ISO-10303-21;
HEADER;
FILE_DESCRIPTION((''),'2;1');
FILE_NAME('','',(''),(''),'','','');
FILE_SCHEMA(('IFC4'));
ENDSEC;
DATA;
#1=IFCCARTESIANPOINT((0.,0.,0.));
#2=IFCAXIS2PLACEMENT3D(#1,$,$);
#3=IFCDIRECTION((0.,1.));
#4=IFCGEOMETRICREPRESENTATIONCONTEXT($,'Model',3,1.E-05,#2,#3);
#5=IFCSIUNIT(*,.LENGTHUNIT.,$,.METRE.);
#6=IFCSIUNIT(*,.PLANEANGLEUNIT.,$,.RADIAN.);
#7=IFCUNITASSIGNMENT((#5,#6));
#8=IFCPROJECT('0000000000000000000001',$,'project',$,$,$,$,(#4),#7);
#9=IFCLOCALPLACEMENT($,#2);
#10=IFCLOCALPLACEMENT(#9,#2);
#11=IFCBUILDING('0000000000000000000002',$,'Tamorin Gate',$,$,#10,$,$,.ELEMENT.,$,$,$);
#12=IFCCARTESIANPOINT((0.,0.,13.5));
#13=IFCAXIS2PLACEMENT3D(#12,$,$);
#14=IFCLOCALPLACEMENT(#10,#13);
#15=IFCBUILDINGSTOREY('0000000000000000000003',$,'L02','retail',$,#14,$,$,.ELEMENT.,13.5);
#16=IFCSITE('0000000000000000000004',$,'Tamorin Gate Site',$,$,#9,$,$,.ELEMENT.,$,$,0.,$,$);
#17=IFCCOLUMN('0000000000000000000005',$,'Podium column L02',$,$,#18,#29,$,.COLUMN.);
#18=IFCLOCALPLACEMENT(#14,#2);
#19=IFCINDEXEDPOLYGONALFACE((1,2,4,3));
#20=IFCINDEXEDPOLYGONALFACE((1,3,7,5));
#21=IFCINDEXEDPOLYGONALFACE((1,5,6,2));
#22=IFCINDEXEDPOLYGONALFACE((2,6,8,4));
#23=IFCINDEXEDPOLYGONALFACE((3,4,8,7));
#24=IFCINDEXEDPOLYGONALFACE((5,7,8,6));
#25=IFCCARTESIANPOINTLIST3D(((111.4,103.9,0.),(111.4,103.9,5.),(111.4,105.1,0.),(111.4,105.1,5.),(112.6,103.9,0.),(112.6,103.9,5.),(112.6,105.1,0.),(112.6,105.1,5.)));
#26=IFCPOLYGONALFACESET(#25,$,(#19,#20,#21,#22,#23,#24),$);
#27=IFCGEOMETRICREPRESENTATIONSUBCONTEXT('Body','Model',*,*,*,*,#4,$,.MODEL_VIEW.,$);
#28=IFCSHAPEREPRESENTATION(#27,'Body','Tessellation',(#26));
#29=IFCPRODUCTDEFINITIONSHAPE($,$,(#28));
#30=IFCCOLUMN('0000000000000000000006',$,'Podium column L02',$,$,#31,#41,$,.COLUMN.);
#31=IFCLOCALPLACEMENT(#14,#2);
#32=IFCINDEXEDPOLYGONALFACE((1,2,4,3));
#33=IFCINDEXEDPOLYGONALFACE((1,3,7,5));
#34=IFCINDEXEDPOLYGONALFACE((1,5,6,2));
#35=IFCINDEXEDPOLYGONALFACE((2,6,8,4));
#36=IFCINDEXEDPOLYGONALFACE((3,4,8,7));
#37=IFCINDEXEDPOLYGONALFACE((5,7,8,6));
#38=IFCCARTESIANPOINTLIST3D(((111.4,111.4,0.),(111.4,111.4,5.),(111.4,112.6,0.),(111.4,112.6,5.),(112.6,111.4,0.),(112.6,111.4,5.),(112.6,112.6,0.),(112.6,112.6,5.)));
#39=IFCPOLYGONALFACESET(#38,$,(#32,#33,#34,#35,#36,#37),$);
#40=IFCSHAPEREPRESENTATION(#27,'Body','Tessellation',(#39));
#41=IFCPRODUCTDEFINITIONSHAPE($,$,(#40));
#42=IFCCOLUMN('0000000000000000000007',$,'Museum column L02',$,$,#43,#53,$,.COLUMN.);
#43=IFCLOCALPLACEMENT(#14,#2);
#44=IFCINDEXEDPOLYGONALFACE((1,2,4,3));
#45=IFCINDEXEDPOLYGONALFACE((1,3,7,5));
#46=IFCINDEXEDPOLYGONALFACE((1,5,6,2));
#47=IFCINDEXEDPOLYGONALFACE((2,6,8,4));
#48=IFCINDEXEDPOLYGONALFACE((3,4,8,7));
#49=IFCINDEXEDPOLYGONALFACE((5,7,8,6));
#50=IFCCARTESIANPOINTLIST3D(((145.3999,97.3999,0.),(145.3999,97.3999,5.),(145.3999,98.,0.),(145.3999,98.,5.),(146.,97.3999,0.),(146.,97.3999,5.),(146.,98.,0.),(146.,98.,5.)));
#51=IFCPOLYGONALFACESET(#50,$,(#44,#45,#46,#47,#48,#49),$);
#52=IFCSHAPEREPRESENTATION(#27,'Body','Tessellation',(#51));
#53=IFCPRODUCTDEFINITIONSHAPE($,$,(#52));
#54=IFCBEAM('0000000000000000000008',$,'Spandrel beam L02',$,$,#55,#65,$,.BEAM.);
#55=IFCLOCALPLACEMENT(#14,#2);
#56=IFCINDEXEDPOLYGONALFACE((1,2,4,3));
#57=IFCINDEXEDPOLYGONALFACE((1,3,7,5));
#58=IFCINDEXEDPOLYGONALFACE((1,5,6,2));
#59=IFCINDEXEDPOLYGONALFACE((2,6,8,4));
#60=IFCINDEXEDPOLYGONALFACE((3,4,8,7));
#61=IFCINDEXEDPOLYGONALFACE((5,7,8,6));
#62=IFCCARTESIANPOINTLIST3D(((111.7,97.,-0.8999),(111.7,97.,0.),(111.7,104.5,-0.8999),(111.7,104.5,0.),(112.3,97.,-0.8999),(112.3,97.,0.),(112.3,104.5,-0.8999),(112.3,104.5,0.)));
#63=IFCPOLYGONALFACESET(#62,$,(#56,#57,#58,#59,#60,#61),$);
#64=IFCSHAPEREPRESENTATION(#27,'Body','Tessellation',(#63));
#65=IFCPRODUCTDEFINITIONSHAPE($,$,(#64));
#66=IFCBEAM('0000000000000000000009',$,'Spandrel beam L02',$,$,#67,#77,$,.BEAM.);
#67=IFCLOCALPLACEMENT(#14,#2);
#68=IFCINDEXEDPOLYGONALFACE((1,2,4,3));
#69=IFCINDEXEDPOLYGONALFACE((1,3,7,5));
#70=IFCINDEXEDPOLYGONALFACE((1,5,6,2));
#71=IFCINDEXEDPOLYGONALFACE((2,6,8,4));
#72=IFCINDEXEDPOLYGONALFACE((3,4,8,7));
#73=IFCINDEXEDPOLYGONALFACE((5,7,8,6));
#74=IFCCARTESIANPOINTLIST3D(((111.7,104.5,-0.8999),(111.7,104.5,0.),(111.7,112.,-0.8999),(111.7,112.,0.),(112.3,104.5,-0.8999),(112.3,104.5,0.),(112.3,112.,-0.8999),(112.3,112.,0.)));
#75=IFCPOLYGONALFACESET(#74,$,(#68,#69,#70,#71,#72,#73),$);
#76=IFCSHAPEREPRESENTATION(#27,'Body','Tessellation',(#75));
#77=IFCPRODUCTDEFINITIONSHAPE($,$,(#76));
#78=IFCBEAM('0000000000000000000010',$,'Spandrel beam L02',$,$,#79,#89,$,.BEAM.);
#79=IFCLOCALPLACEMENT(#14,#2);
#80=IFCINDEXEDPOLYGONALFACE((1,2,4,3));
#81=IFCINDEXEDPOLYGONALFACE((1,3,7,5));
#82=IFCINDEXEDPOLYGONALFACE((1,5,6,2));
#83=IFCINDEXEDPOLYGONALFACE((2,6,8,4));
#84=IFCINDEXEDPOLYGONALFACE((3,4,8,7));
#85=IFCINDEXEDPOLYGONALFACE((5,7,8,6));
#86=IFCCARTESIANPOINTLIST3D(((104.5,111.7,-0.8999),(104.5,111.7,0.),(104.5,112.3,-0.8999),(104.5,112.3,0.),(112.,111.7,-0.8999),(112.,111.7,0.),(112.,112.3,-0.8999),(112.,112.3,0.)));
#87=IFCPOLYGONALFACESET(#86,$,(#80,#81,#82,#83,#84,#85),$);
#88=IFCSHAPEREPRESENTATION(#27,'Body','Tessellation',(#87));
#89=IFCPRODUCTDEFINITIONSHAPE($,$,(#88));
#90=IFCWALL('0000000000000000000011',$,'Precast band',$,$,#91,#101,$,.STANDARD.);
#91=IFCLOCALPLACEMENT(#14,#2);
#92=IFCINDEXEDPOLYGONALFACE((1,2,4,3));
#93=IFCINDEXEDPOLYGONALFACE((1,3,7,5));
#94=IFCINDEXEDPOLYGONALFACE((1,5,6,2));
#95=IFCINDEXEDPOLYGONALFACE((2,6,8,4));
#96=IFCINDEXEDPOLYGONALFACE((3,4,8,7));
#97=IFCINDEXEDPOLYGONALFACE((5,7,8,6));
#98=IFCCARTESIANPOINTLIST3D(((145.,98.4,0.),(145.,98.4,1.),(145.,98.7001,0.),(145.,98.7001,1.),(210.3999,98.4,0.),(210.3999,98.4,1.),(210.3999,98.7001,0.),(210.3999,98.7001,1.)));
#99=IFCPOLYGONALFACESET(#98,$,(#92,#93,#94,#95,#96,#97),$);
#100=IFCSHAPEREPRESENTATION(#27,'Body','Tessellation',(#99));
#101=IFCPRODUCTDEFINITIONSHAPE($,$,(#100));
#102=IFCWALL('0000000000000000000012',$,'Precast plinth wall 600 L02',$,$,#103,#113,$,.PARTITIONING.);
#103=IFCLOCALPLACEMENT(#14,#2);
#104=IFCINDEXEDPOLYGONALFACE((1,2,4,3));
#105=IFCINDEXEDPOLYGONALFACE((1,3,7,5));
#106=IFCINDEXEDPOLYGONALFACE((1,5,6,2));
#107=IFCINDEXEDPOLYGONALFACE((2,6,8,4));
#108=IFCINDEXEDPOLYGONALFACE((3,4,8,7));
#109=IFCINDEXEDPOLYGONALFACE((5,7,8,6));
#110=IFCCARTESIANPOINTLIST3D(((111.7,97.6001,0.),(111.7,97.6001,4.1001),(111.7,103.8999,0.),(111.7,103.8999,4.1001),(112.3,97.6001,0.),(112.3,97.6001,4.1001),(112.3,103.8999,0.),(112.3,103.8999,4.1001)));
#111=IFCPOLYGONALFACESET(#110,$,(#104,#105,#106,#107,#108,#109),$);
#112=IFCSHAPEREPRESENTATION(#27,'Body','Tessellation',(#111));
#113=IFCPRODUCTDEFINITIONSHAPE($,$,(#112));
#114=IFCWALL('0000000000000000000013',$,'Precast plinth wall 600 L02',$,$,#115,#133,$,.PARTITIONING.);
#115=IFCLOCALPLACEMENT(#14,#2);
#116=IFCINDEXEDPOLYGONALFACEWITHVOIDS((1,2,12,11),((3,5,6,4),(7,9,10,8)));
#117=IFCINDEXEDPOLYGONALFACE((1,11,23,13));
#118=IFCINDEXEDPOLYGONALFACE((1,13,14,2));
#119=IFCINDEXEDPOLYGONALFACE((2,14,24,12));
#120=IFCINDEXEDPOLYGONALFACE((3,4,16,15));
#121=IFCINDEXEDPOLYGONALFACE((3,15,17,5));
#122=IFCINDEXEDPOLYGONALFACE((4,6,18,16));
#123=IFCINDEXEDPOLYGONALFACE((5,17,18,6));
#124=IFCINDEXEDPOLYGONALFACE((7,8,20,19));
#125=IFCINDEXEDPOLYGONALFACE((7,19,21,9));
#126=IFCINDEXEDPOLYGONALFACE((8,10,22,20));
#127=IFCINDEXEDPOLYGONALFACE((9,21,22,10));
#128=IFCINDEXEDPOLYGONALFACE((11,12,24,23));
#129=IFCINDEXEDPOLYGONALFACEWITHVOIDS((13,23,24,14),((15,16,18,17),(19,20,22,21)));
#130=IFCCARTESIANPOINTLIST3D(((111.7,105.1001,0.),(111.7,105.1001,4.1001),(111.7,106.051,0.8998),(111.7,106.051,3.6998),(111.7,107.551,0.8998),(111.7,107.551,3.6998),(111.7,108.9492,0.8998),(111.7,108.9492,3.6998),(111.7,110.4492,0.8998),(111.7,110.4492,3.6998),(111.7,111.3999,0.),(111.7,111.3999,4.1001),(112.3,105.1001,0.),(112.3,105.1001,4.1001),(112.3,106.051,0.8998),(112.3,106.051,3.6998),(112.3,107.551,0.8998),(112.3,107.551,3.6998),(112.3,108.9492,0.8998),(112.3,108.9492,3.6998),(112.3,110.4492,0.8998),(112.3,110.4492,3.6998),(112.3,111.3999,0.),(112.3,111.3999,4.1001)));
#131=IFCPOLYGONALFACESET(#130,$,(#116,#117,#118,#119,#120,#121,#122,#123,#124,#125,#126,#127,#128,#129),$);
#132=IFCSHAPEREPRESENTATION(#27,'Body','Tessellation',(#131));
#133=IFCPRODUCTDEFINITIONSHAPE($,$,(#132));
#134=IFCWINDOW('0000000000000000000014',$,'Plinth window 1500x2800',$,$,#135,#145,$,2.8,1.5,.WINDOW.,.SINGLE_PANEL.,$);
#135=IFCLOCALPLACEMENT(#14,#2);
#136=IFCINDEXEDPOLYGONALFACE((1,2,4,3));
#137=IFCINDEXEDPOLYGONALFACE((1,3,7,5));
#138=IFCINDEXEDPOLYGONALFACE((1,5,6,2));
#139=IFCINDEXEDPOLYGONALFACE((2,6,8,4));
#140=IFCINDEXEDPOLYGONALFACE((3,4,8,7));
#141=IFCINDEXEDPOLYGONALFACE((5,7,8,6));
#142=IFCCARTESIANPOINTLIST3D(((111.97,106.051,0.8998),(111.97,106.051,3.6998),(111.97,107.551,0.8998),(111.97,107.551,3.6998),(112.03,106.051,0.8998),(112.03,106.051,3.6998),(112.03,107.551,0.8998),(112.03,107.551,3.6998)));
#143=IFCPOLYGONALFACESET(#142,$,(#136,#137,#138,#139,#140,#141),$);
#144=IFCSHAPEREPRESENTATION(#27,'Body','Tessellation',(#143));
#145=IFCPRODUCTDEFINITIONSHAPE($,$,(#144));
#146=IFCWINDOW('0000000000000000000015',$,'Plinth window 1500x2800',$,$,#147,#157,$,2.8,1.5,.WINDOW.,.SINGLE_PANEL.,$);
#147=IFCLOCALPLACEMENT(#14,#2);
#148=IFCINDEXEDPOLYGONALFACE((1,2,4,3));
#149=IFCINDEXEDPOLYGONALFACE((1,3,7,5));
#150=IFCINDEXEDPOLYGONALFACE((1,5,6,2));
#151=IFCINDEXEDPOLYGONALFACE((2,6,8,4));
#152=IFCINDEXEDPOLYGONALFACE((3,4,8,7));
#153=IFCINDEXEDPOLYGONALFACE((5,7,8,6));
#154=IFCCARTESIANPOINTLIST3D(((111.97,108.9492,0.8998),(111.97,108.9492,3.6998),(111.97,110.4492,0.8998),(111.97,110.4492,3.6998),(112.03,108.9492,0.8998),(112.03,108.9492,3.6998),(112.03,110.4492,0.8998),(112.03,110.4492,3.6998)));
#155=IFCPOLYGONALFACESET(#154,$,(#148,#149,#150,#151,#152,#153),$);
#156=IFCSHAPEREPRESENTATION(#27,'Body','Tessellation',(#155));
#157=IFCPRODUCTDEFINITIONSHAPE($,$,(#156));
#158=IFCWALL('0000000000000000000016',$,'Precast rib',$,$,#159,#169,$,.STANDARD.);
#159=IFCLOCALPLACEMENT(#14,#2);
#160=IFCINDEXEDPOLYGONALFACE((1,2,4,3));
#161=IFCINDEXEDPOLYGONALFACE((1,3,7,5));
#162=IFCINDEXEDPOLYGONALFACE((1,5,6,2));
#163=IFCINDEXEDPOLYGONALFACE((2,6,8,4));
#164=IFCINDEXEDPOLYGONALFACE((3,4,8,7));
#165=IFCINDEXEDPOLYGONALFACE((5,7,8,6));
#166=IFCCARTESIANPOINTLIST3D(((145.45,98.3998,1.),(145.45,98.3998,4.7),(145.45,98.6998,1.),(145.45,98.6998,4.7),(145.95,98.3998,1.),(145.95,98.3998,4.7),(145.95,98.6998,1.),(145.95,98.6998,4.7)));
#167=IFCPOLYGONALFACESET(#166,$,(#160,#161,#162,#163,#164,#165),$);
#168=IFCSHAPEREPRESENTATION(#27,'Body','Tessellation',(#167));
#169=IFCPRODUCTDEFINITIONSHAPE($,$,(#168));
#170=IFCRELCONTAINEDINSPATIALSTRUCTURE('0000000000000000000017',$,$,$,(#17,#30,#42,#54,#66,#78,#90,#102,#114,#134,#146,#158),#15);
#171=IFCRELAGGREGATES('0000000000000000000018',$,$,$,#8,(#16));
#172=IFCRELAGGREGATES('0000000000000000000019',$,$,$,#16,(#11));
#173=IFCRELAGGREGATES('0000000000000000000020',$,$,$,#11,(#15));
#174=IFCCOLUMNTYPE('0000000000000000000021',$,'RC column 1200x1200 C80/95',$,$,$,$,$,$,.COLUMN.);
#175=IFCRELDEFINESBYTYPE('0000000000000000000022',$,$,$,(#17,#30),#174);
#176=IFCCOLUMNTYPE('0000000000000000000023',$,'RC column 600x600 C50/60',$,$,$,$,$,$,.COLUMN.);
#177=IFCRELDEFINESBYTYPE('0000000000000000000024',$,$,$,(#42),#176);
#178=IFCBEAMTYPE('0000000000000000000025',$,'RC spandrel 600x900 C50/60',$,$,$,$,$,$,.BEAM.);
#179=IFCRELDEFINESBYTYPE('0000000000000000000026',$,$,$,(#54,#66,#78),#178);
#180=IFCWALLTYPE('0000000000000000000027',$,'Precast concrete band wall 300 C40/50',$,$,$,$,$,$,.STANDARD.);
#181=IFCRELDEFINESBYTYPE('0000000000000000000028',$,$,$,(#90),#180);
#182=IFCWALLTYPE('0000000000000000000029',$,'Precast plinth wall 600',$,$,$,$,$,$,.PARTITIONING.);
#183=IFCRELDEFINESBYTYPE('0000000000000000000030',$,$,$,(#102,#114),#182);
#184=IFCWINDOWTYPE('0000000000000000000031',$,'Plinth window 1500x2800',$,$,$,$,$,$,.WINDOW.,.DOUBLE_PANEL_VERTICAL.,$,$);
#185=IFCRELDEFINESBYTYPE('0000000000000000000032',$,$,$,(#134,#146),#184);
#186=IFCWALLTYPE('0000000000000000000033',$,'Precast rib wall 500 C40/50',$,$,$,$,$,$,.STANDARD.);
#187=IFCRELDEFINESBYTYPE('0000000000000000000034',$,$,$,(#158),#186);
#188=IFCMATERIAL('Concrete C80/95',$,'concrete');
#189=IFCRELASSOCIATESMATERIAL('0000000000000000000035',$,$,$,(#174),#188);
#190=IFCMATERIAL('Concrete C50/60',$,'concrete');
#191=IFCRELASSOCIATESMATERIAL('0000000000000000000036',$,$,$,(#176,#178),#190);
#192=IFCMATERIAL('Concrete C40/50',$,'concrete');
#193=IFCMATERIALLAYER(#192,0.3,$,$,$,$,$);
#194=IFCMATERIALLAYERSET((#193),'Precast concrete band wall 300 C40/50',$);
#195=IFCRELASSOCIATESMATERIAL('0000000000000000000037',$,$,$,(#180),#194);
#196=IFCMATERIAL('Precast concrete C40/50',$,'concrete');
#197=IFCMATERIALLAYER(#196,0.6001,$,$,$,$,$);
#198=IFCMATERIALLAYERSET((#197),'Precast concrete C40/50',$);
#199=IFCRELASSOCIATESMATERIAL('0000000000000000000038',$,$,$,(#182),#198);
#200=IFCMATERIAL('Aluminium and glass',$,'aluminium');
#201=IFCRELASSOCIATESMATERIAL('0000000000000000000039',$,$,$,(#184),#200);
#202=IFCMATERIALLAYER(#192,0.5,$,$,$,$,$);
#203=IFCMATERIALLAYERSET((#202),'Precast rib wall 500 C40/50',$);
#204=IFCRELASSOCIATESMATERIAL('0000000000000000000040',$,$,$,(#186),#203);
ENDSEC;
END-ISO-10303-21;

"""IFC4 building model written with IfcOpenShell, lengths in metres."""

from ifc_helpers import new_model, si_unit, direction, frame, frame_2d, origin, origin_2d, place, context, subcontext, project, spatial, rectangle, extrude, material, layer, layer_set, material_profile, profile_set, type_object, element, fill, save


model = new_model("IFC4")

# Units and contexts
model_context = context("Model", 3, precision=1e-05, world=origin(), true_north=direction((0.0, 1.0)))
body_context = subcontext(model_context, "Body", "Model", "MODEL_VIEW")
ifc_project = project(units=[si_unit("LENGTHUNIT", "METRE"), si_unit("PLANEANGLEUNIT", "RADIAN")], contexts=[model_context])

# Site, building, storey
site_placement = place(None, origin())
site = spatial("IfcSite", under=ifc_project, at=site_placement, Name="Tamorin Gate Site", CompositionType="ELEMENT", RefElevation=0.0)
building_placement = place(site_placement, origin())
building = spatial("IfcBuilding", under=site, at=building_placement, Name="Tamorin Gate", CompositionType="ELEMENT")
storey_placement = place(building_placement, frame((0.0, 0.0, 13.5)))
storey = spatial("IfcBuildingStorey", under=building, at=storey_placement, Name="L02", Description="retail", CompositionType="ELEMENT", Elevation=13.5)

# Columns
ifc_material_1 = material(Name="Concrete C80/95", Category="concrete")
ifc_material_profile_1 = material_profile(ifc_material_1, rectangle(XDim=1.2, YDim=1.2, at=origin_2d()), Name="RC 1200x1200")
ifc_profile_set_1 = profile_set([ifc_material_profile_1], Name="Concrete C80/95")
column_type_1 = type_object("IfcColumnType", Name="RC column 1200x1200 C80/95", PredefinedType="COLUMN", material=ifc_profile_set_1)
for number, where, z_axis, x_axis, name in (
    (1, (112.0, 104.5, 0.0), (0.0, 0.0, 1.0), (1.0, 0.0, 0.0), "Podium column L02"),
    (2, (112.0, 112.0, 0.0), (0.0, 0.0, 1.0), (1.0, 0.0, 0.0), "Podium column L02"),
):
    element("IfcColumn", number, at=place(storey_placement, frame(where, z_axis=z_axis, x_axis=x_axis)), inside=storey, type_object=column_type_1, Name=name, PredefinedType="COLUMN", context=body_context, shape_type="SweptSolid", body=[
        extrude(rectangle(XDim=1.2, YDim=1.2, at=origin_2d()), origin(), (0.0, 0.0, 1.0), 5.0),
    ])
ifc_material_2 = material(Name="Concrete C50/60", Category="concrete")
ifc_material_profile_2 = material_profile(ifc_material_2, rectangle(XDim=0.6001, YDim=0.6001, at=origin_2d()))
ifc_profile_set_2 = profile_set([ifc_material_profile_2], Name="Concrete C50/60")
column_type_2 = type_object("IfcColumnType", Name="RC column 600x600 C50/60", PredefinedType="COLUMN", material=ifc_profile_set_2)
column_placement = place(storey_placement, frame((145.7, 97.7, 0.0), z_axis=(0.0, 0.0, 1.0), x_axis=(1.0, 0.0, 0.0)))
element("IfcColumn", 3, at=column_placement, inside=storey, type_object=column_type_2, Name="Museum column L02", PredefinedType="COLUMN", context=body_context, shape_type="SweptSolid", body=[
    extrude(rectangle(XDim=0.6001, YDim=0.6001, at=origin_2d()), origin(), (0.0, 0.0, 1.0), 5.0),
])

# Beams
ifc_material_profile_3 = material_profile(ifc_material_2, rectangle(XDim=0.6001, YDim=0.8999, at=origin_2d()), Name="RC 600x900")
ifc_profile_set_3 = profile_set([ifc_material_profile_3], Name="Concrete C50/60")
beam_type = type_object("IfcBeamType", Name="RC spandrel 600x900 C50/60", PredefinedType="BEAM", material=ifc_profile_set_3)
for number, where, z_axis, x_axis, name in (
    (4, (112.0, 97.0, -0.45), (0.0, 1.0, 0.0), (-1.0, 0.0, 0.0), "Spandrel beam L02"),
    (5, (112.0, 104.5, -0.45), (0.0, 1.0, 0.0), (-1.0, 0.0, 0.0), "Spandrel beam L02"),
    (6, (112.0, 112.0, -0.45), (-1.0, 0.0, 0.0), (0.0, -1.0, 0.0), "Spandrel beam L02"),
):
    element("IfcBeam", number, at=place(storey_placement, frame(where, z_axis=z_axis, x_axis=x_axis)), inside=storey, type_object=beam_type, Name=name, PredefinedType="BEAM", context=body_context, shape_type="SweptSolid", body=[
        extrude(rectangle(XDim=0.6001, YDim=0.8999, at=origin_2d()), origin(), (0.0, 0.0, 1.0), 7.5),
    ])

# Shared definitions
ifc_material_3 = material(Name="Concrete C40/50", Category="concrete")
ifc_material_4 = material(Name="Aluminium and glass", Category="aluminium")

# Walls
ifc_layer_1 = layer(ifc_material_3, 0.3)
ifc_layer_set_1 = layer_set([ifc_layer_1], Name="Precast concrete band wall 300 C40/50")
wall_type_1 = type_object("IfcWallType", Name="Precast concrete band wall 300 C40/50", PredefinedType="STANDARD", material=ifc_layer_set_1)
wall_1_placement = place(storey_placement, frame((145.0, 98.55, 0.0), z_axis=(0.0, 0.0, 1.0), x_axis=(1.0, 0.0, 0.0)))
element("IfcWall", 7, at=wall_1_placement, inside=storey, type_object=wall_type_1, Name="Precast band", PredefinedType="STANDARD", context=body_context, shape_type="SweptSolid", body=[
    extrude(rectangle(XDim=65.3999, YDim=0.3, at=frame_2d((32.7, 0.0))), origin(), (0.0, 0.0, 1.0), 1.0),
])
ifc_material_5 = material(Name="Precast concrete C40/50", Category="concrete")
ifc_layer_2 = layer(ifc_material_5, 0.6001)
ifc_layer_set_2 = layer_set([ifc_layer_2], Name="Precast concrete C40/50")
wall_type_2 = type_object("IfcWallType", Name="Precast plinth wall 600", PredefinedType="PARTITIONING", material=ifc_layer_set_2)
wall_2_placement = place(storey_placement, frame((112.0, 97.6001, 0.0), z_axis=(0.0, 0.0, 1.0), x_axis=(0.0, 1.0, 0.0)))
element("IfcWall", 8, at=wall_2_placement, inside=storey, type_object=wall_type_2, Name="Precast plinth wall 600 L02", PredefinedType="PARTITIONING", context=body_context, shape_type="SweptSolid", body=[
    extrude(rectangle(XDim=6.2998, YDim=0.6001, at=frame_2d((3.1499, 0.0))), origin(), (0.0, 0.0, 1.0), 4.1001),
])

# Wall, openings, windows
wall_3_placement = place(storey_placement, frame((112.0, 105.1001, 0.0), z_axis=(0.0, 0.0, 1.0), x_axis=(0.0, 1.0, 0.0)))
wall_3 = element("IfcWall", 9, at=wall_3_placement, inside=storey, type_object=wall_type_2, Name="Precast plinth wall 600 L02", PredefinedType="PARTITIONING", context=body_context, shape_type="SweptSolid", body=[
    extrude(rectangle(XDim=6.2998, YDim=0.6001, at=frame_2d((3.1499, 0.0))), origin(), (0.0, 0.0, 1.0), 4.1001),
])
opening_1_placement = place(wall_3_placement, frame((0.9509, 0.0, 0.8999)))
opening_1 = element("IfcOpeningElement", 10, at=opening_1_placement, cuts=wall_3, PredefinedType="OPENING", context=body_context, shape_type="SweptSolid", body=[
    extrude(rectangle(XDim=1.5, YDim=2.8, at=frame_2d((0.75, 1.3999))), frame((0.0, 0.3101, 0.0), z_axis=(0.0, -1.0, 0.0), x_axis=(1.0, 0.0, 0.0)), (0.0, 0.0, 1.0), 0.6201),
])
opening_2_placement = place(wall_3_placement, frame((3.8491, 0.0, 0.8999)))
opening_2 = element("IfcOpeningElement", 11, at=opening_2_placement, cuts=wall_3, PredefinedType="OPENING", context=body_context, shape_type="SweptSolid", body=[
    extrude(rectangle(XDim=1.5, YDim=2.8, at=frame_2d((0.75, 1.3999))), frame((0.0, 0.3101, 0.0), z_axis=(0.0, -1.0, 0.0), x_axis=(1.0, 0.0, 0.0)), (0.0, 0.0, 1.0), 0.6201),
])
window_type_1 = type_object("IfcWindowType", Name="Plinth window 1500x2800", PartitioningType="DOUBLE_PANEL_VERTICAL", PredefinedType="WINDOW", material=ifc_material_4)
window_1_placement = place(opening_1_placement, origin())
window_1 = element("IfcWindow", 12, at=window_1_placement, inside=storey, type_object=window_type_1, Name="Plinth window 1500x2800", OverallHeight=2.8, OverallWidth=1.5, PartitioningType="SINGLE_PANEL", PredefinedType="WINDOW", context=body_context, shape_type="SweptSolid", body=[
    extrude(rectangle(XDim=1.5, YDim=2.8, at=frame_2d((0.75, 1.3999))), frame((0.0, 0.03, 0.0), z_axis=(0.0, -1.0, 0.0), x_axis=(1.0, 0.0, 0.0)), (0.0, 0.0, 1.0), 0.0601),
])
fill(opening_1, window_1)
window_2_placement = place(opening_2_placement, origin())
window_2 = element("IfcWindow", 13, at=window_2_placement, inside=storey, type_object=window_type_1, Name="Plinth window 1500x2800", OverallHeight=2.8, OverallWidth=1.5, PartitioningType="SINGLE_PANEL", PredefinedType="WINDOW", context=body_context, shape_type="SweptSolid", body=[
    extrude(rectangle(XDim=1.5, YDim=2.8, at=frame_2d((0.75, 1.3999))), frame((0.0, 0.03, 0.0), z_axis=(0.0, -1.0, 0.0), x_axis=(1.0, 0.0, 0.0)), (0.0, 0.0, 1.0), 0.0601),
])
fill(opening_2, window_2)

# Wall
ifc_layer_3 = layer(ifc_material_3, 0.5)
ifc_layer_set_3 = layer_set([ifc_layer_3], Name="Precast rib wall 500 C40/50")
wall_type_3 = type_object("IfcWallType", Name="Precast rib wall 500 C40/50", PredefinedType="STANDARD", material=ifc_layer_set_3)
wall_4_placement = place(storey_placement, frame((145.7, 98.3999, 1.0), z_axis=(0.0, 0.0, 1.0), x_axis=(0.0, 1.0, 0.0)))
element("IfcWall", 14, at=wall_4_placement, inside=storey, type_object=wall_type_3, Name="Precast rib", PredefinedType="STANDARD", context=body_context, shape_type="SweptSolid", body=[
    extrude(rectangle(XDim=0.3, YDim=0.5, at=frame_2d((0.1499, 0.0))), origin(), (0.0, 0.0, 1.0), 3.7),
])

save(model, "model.ifc")
